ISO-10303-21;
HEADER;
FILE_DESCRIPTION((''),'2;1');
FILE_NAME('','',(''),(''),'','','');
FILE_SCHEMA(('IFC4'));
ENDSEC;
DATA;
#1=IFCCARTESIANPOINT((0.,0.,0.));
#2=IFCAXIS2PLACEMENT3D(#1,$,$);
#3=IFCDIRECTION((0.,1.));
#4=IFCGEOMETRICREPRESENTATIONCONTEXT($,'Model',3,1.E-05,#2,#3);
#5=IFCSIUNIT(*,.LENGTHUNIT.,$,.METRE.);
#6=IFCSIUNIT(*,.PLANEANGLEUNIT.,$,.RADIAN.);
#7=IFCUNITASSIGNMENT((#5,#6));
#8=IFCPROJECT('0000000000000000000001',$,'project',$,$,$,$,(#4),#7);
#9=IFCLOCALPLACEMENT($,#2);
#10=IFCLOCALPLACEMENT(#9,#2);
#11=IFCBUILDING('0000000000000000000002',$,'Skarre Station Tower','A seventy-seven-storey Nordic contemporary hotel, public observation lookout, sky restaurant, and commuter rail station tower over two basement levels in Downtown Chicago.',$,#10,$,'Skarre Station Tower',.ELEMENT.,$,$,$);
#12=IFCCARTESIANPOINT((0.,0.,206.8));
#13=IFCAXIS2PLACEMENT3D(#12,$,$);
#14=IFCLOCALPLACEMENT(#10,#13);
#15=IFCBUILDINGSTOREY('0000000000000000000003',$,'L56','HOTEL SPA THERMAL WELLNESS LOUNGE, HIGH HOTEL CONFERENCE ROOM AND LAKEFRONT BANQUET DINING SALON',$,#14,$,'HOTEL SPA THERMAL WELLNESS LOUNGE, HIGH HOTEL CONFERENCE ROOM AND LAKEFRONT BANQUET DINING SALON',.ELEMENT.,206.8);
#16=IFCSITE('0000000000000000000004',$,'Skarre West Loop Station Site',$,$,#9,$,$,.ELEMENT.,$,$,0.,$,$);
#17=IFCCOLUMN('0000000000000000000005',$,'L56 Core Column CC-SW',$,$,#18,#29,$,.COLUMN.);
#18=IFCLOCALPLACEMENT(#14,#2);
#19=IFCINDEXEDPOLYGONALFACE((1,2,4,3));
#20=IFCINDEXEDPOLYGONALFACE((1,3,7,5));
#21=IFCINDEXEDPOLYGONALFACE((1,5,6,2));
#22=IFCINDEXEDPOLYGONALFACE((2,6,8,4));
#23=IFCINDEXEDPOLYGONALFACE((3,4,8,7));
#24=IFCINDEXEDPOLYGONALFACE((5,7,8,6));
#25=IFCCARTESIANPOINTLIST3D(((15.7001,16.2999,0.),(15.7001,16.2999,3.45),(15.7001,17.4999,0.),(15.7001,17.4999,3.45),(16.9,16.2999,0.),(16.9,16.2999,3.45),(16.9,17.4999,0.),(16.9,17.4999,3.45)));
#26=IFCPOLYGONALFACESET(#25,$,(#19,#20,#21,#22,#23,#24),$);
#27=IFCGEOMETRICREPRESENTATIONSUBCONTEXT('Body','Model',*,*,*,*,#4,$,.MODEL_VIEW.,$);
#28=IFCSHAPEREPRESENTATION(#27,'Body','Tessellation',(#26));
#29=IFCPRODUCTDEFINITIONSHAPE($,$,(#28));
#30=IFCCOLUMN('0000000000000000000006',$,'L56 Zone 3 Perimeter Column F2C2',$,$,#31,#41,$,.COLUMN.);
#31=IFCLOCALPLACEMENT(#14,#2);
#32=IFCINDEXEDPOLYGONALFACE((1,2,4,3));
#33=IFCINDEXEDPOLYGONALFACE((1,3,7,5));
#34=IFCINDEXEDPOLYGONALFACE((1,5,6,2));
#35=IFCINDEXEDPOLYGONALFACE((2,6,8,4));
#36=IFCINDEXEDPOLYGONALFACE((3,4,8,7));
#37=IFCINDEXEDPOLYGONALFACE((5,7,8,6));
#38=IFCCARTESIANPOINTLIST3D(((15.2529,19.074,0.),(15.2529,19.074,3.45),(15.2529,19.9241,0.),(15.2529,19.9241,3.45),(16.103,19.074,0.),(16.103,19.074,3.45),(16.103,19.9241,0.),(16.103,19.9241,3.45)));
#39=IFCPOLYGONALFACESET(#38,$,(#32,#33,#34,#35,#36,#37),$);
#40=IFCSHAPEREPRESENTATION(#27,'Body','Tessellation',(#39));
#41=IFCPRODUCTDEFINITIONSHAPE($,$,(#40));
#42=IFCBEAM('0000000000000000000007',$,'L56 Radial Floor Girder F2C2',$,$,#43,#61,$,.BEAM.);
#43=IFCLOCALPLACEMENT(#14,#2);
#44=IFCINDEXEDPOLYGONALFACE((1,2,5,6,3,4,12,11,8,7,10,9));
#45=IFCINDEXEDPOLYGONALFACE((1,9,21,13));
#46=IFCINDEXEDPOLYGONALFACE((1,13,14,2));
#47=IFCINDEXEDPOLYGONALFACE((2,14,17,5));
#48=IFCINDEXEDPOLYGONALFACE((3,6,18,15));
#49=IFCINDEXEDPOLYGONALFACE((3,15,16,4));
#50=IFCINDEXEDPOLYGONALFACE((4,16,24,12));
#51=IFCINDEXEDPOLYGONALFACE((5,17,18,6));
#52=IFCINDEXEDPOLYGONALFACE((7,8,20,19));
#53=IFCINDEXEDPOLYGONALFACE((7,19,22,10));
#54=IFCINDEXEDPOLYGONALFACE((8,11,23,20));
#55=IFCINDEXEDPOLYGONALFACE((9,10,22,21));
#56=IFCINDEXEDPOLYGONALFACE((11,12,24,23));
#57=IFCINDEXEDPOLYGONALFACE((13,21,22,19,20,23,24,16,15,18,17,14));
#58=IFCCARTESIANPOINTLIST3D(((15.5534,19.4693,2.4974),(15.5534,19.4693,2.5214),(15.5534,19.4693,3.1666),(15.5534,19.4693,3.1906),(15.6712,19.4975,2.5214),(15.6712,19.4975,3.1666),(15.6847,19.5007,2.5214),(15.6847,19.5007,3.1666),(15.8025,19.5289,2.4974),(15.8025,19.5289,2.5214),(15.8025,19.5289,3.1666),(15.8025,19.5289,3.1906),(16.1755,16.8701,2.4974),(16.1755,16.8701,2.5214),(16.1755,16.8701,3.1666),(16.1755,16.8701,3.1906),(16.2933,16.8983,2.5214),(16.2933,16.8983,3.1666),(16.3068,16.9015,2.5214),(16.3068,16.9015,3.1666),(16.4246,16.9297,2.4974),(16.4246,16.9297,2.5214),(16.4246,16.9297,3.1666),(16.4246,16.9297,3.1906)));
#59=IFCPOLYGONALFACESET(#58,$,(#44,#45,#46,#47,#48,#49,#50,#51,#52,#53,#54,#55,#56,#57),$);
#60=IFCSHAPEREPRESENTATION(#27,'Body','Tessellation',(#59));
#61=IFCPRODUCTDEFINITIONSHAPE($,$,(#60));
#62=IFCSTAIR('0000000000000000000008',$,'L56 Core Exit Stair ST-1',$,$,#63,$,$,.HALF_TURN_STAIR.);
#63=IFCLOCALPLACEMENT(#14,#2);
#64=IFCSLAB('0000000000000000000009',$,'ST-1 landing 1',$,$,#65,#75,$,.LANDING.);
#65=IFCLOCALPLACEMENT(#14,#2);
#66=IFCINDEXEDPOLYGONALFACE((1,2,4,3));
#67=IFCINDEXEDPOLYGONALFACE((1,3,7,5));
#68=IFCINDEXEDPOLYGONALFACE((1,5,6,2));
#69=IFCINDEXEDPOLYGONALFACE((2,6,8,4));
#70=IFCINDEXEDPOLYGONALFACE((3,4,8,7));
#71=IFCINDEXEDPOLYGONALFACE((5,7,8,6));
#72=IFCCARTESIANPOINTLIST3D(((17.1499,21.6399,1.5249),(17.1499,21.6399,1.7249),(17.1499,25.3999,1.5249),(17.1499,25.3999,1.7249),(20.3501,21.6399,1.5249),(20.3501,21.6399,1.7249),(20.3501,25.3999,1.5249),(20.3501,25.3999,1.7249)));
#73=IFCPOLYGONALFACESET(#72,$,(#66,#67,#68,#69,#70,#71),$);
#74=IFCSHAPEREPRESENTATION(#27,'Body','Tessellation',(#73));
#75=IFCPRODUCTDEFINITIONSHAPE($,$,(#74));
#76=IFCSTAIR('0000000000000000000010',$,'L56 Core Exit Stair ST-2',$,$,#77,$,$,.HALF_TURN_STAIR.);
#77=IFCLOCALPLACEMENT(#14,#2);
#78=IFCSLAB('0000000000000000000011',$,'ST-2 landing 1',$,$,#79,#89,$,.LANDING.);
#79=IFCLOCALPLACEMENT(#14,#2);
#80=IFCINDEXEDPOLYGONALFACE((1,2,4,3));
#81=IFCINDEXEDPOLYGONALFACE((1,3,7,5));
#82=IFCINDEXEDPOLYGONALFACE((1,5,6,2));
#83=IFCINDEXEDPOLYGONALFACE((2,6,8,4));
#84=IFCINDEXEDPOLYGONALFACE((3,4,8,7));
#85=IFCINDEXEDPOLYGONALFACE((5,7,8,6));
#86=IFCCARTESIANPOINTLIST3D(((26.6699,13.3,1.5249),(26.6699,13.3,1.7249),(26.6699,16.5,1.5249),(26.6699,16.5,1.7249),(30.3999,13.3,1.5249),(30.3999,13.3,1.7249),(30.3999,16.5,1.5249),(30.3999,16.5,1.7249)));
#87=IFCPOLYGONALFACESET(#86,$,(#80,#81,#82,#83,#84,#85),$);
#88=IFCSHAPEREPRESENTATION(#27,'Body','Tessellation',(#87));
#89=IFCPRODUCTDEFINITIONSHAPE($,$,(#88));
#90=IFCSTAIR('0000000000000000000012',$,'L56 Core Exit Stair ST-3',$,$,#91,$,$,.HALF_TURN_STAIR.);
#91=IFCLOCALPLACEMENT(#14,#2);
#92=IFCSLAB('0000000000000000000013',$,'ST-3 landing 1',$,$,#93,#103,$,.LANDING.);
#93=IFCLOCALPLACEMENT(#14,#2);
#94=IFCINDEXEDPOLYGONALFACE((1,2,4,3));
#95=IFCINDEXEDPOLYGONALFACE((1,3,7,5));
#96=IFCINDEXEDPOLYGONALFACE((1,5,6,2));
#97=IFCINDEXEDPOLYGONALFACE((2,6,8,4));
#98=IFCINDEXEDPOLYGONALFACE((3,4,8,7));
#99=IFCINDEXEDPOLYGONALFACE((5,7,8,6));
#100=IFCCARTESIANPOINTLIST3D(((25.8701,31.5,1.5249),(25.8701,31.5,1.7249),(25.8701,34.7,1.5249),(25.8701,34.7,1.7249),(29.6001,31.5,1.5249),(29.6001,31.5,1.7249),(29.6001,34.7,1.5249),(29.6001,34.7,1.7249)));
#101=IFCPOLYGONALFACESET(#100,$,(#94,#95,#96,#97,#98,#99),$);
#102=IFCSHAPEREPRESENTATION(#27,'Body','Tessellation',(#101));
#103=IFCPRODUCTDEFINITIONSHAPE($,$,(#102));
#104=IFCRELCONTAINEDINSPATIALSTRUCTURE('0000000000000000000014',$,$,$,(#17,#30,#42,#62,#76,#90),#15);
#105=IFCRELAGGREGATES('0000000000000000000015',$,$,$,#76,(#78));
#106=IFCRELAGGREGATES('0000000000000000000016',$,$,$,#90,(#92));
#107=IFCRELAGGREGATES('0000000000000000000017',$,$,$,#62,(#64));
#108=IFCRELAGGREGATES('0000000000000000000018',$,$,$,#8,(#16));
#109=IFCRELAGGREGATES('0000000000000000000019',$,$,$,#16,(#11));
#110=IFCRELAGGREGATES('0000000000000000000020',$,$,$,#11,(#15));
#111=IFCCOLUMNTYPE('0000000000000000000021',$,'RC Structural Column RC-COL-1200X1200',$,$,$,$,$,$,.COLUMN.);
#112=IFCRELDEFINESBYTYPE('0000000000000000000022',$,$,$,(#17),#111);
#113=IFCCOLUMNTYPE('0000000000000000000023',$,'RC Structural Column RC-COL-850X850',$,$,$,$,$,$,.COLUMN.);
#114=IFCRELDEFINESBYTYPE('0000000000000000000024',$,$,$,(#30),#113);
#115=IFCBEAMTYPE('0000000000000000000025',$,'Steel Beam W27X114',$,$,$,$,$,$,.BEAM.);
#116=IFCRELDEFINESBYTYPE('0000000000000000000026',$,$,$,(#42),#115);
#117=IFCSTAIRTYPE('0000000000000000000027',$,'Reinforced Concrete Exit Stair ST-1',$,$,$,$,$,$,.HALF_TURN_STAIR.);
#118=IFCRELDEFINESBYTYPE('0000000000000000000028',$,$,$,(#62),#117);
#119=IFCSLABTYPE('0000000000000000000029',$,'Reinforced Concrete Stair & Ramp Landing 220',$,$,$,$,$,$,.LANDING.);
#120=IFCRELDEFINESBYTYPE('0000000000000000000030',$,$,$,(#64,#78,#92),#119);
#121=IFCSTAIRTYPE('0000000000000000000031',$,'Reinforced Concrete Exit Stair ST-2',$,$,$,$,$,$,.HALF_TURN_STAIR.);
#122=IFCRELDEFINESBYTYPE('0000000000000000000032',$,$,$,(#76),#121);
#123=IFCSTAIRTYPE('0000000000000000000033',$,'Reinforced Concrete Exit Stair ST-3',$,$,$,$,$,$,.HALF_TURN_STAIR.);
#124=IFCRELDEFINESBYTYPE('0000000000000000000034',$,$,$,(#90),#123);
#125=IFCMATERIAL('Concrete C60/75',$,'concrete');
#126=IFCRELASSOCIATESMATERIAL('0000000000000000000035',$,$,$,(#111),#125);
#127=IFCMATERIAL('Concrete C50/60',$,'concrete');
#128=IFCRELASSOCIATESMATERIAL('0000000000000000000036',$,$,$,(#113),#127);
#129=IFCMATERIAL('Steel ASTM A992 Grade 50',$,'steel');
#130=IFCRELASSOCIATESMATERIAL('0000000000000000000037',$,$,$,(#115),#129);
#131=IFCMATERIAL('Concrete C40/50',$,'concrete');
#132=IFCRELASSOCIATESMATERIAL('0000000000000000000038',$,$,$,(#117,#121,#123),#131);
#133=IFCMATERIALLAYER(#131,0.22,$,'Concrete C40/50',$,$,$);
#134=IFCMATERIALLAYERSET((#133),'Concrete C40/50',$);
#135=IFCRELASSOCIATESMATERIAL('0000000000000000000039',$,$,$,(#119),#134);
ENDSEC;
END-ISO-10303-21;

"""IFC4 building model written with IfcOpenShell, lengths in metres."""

from ifc_helpers import new_model, si_unit, direction, frame, origin, origin_2d, place, context, subcontext, project, spatial, polyline, rectangle, i_section, outline, extrude, material, layer, layer_set, material_profile, profile_set, type_object, element, aggregate, save


model = new_model("IFC4")

# Units and contexts
model_context = context("Model", 3, precision=1e-05, world=origin(), true_north=direction((0.0, 1.0)))
body_context = subcontext(model_context, "Body", "Model", "MODEL_VIEW")
ifc_project = project(units=[si_unit("LENGTHUNIT", "METRE"), si_unit("PLANEANGLEUNIT", "RADIAN")], contexts=[model_context])

# Site, building, storey
site_placement = place(None, origin())
site = spatial("IfcSite", under=ifc_project, at=site_placement, Name="Skarre West Loop Station Site", CompositionType="ELEMENT", RefElevation=0.0)
building_placement = place(site_placement, origin())
building = spatial("IfcBuilding", under=site, at=building_placement, Name="Skarre Station Tower", Description="A seventy-seven-storey Nordic contemporary hotel, public observation lookout, sky restaurant, and commuter rail station tower over two basement levels in Downtown Chicago.", LongName="Skarre Station Tower", CompositionType="ELEMENT")
storey_placement = place(building_placement, frame((0.0, 0.0, 206.8)))
storey = spatial("IfcBuildingStorey", under=building, at=storey_placement, Name="L56", Description="HOTEL SPA THERMAL WELLNESS LOUNGE, HIGH HOTEL CONFERENCE ROOM AND LAKEFRONT BANQUET DINING SALON", LongName="HOTEL SPA THERMAL WELLNESS LOUNGE, HIGH HOTEL CONFERENCE ROOM AND LAKEFRONT BANQUET DINING SALON", CompositionType="ELEMENT", Elevation=206.8)

# Columns
ifc_material_1 = material(Name="Concrete C60/75", Category="concrete")
ifc_material_profile_1 = material_profile(ifc_material_1, rectangle(XDim=1.2, YDim=1.2, at=origin_2d()), Name="Concrete C60/75")
ifc_profile_set_1 = profile_set([ifc_material_profile_1], Name="Concrete C60/75")
column_type_1 = type_object("IfcColumnType", Name="RC Structural Column RC-COL-1200X1200", PredefinedType="COLUMN", material=ifc_profile_set_1)
column_1_placement = place(storey_placement, frame((16.3, 16.8999, 0.0), z_axis=(0.0, 0.0, 1.0), x_axis=(1.0, 0.0, 0.0)))
element("IfcColumn", 1, at=column_1_placement, inside=storey, type_object=column_type_1, Name="L56 Core Column CC-SW", PredefinedType="COLUMN", context=body_context, shape_type="SweptSolid", body=[
    extrude(rectangle(XDim=1.2, YDim=1.2, at=origin_2d()), origin(), (0.0, 0.0, 1.0), 3.45),
])
ifc_material_2 = material(Name="Concrete C50/60", Category="concrete")
ifc_material_profile_2 = material_profile(ifc_material_2, rectangle(XDim=0.8501, YDim=0.8501, at=origin_2d()), Name="Concrete C50/60")
ifc_profile_set_2 = profile_set([ifc_material_profile_2], Name="Concrete C50/60")
column_type_2 = type_object("IfcColumnType", Name="RC Structural Column RC-COL-850X850", PredefinedType="COLUMN", material=ifc_profile_set_2)
column_2_placement = place(storey_placement, frame((15.678, 19.499, 0.0), z_axis=(0.0, 0.0, 1.0), x_axis=(1.0, 0.0, 0.0)))
element("IfcColumn", 2, at=column_2_placement, inside=storey, type_object=column_type_2, Name="L56 Zone 3 Perimeter Column F2C2", PredefinedType="COLUMN", context=body_context, shape_type="SweptSolid", body=[
    extrude(rectangle(XDim=0.8501, YDim=0.8501, at=origin_2d()), origin(), (0.0, 0.0, 1.0), 3.45),
])

# Beam
ifc_material_3 = material(Name="Steel ASTM A992 Grade 50", Category="steel")
ifc_material_profile_3 = material_profile(ifc_material_3, i_section(OverallWidth=0.2561, OverallDepth=0.6931, WebThickness=0.0139, FlangeThickness=0.0239, at=origin_2d()), Name="Steel ASTM A992 Grade 50")
ifc_profile_set_3 = profile_set([ifc_material_profile_3], Name="Steel ASTM A992 Grade 50")
beam_type = type_object("IfcBeamType", Name="Steel Beam W27X114", PredefinedType="BEAM", material=ifc_profile_set_3)
beam_placement = place(storey_placement, frame((16.3, 16.8999, 2.844), z_axis=(-0.232765, 0.972533, 0.0), x_axis=(-0.972533, -0.232765, 0.0)))
element("IfcBeam", 3, at=beam_placement, inside=storey, type_object=beam_type, Name="L56 Radial Floor Girder F2C2", PredefinedType="BEAM", context=body_context, shape_type="SweptSolid", body=[
    extrude(i_section(OverallWidth=0.2561, OverallDepth=0.6931, WebThickness=0.0139, FlangeThickness=0.0239, at=origin_2d()), origin(), (0.0, 0.0, 1.0), 2.6726),
])

# Stairs, slabs
ifc_material_4 = material(Name="Concrete C40/50", Category="concrete")
stair_type_1 = type_object("IfcStairType", Name="Reinforced Concrete Exit Stair ST-1", PredefinedType="HALF_TURN_STAIR", material=ifc_material_4)
stair_1_placement = place(storey_placement, origin())
stair_1 = element("IfcStair", 4, at=stair_1_placement, inside=storey, type_object=stair_type_1, Name="L56 Core Exit Stair ST-1", PredefinedType="HALF_TURN_STAIR")
ifc_layer_1 = layer(ifc_material_4, 0.22, Name="Concrete C40/50")
ifc_layer_set_1 = layer_set([ifc_layer_1], Name="Concrete C40/50")
slab_type_1 = type_object("IfcSlabType", Name="Reinforced Concrete Stair & Ramp Landing 220", PredefinedType="LANDING", material=ifc_layer_set_1)
slab_1_placement = place(storey_placement, frame((0.0, 0.0, 1.5249)))
slab_1 = element("IfcSlab", 5, at=slab_1_placement, type_object=slab_type_1, Name="ST-1 landing 1", PredefinedType="LANDING", context=body_context, shape_type="SweptSolid", body=[
    extrude(outline(polyline([(20.3501, 21.6399), (20.3501, 25.3999), (17.1499, 25.3999), (17.1499, 21.6399), (20.3501, 21.6399)])), origin(), (0.0, 0.0, 1.0), 0.2),
])
stair_type_2 = type_object("IfcStairType", Name="Reinforced Concrete Exit Stair ST-2", PredefinedType="HALF_TURN_STAIR", material=ifc_material_4)
stair_2_placement = place(storey_placement, origin())
stair_2 = element("IfcStair", 6, at=stair_2_placement, inside=storey, type_object=stair_type_2, Name="L56 Core Exit Stair ST-2", PredefinedType="HALF_TURN_STAIR")
slab_2_placement = place(storey_placement, frame((0.0, 0.0, 1.5249)))
slab_2 = element("IfcSlab", 7, at=slab_2_placement, type_object=slab_type_1, Name="ST-2 landing 1", PredefinedType="LANDING", context=body_context, shape_type="SweptSolid", body=[
    extrude(outline(polyline([(26.6699, 13.3), (30.3999, 13.3), (30.3999, 16.5), (26.6699, 16.5), (26.6699, 13.3)])), origin(), (0.0, 0.0, 1.0), 0.2),
])
aggregate(stair_2, [slab_2])
stair_type_3 = type_object("IfcStairType", Name="Reinforced Concrete Exit Stair ST-3", PredefinedType="HALF_TURN_STAIR", material=ifc_material_4)
stair_3_placement = place(storey_placement, origin())
stair_3 = element("IfcStair", 8, at=stair_3_placement, inside=storey, type_object=stair_type_3, Name="L56 Core Exit Stair ST-3", PredefinedType="HALF_TURN_STAIR")
slab_3_placement = place(storey_placement, frame((0.0, 0.0, 1.5249)))
slab_3 = element("IfcSlab", 9, at=slab_3_placement, type_object=slab_type_1, Name="ST-3 landing 1", PredefinedType="LANDING", context=body_context, shape_type="SweptSolid", body=[
    extrude(outline(polyline([(25.8701, 31.5), (29.6001, 31.5), (29.6001, 34.7), (25.8701, 34.7), (25.8701, 31.5)])), origin(), (0.0, 0.0, 1.0), 0.2),
])
aggregate(stair_3, [slab_3])

aggregate(stair_1, [slab_1])

save(model, "model.ifc")
